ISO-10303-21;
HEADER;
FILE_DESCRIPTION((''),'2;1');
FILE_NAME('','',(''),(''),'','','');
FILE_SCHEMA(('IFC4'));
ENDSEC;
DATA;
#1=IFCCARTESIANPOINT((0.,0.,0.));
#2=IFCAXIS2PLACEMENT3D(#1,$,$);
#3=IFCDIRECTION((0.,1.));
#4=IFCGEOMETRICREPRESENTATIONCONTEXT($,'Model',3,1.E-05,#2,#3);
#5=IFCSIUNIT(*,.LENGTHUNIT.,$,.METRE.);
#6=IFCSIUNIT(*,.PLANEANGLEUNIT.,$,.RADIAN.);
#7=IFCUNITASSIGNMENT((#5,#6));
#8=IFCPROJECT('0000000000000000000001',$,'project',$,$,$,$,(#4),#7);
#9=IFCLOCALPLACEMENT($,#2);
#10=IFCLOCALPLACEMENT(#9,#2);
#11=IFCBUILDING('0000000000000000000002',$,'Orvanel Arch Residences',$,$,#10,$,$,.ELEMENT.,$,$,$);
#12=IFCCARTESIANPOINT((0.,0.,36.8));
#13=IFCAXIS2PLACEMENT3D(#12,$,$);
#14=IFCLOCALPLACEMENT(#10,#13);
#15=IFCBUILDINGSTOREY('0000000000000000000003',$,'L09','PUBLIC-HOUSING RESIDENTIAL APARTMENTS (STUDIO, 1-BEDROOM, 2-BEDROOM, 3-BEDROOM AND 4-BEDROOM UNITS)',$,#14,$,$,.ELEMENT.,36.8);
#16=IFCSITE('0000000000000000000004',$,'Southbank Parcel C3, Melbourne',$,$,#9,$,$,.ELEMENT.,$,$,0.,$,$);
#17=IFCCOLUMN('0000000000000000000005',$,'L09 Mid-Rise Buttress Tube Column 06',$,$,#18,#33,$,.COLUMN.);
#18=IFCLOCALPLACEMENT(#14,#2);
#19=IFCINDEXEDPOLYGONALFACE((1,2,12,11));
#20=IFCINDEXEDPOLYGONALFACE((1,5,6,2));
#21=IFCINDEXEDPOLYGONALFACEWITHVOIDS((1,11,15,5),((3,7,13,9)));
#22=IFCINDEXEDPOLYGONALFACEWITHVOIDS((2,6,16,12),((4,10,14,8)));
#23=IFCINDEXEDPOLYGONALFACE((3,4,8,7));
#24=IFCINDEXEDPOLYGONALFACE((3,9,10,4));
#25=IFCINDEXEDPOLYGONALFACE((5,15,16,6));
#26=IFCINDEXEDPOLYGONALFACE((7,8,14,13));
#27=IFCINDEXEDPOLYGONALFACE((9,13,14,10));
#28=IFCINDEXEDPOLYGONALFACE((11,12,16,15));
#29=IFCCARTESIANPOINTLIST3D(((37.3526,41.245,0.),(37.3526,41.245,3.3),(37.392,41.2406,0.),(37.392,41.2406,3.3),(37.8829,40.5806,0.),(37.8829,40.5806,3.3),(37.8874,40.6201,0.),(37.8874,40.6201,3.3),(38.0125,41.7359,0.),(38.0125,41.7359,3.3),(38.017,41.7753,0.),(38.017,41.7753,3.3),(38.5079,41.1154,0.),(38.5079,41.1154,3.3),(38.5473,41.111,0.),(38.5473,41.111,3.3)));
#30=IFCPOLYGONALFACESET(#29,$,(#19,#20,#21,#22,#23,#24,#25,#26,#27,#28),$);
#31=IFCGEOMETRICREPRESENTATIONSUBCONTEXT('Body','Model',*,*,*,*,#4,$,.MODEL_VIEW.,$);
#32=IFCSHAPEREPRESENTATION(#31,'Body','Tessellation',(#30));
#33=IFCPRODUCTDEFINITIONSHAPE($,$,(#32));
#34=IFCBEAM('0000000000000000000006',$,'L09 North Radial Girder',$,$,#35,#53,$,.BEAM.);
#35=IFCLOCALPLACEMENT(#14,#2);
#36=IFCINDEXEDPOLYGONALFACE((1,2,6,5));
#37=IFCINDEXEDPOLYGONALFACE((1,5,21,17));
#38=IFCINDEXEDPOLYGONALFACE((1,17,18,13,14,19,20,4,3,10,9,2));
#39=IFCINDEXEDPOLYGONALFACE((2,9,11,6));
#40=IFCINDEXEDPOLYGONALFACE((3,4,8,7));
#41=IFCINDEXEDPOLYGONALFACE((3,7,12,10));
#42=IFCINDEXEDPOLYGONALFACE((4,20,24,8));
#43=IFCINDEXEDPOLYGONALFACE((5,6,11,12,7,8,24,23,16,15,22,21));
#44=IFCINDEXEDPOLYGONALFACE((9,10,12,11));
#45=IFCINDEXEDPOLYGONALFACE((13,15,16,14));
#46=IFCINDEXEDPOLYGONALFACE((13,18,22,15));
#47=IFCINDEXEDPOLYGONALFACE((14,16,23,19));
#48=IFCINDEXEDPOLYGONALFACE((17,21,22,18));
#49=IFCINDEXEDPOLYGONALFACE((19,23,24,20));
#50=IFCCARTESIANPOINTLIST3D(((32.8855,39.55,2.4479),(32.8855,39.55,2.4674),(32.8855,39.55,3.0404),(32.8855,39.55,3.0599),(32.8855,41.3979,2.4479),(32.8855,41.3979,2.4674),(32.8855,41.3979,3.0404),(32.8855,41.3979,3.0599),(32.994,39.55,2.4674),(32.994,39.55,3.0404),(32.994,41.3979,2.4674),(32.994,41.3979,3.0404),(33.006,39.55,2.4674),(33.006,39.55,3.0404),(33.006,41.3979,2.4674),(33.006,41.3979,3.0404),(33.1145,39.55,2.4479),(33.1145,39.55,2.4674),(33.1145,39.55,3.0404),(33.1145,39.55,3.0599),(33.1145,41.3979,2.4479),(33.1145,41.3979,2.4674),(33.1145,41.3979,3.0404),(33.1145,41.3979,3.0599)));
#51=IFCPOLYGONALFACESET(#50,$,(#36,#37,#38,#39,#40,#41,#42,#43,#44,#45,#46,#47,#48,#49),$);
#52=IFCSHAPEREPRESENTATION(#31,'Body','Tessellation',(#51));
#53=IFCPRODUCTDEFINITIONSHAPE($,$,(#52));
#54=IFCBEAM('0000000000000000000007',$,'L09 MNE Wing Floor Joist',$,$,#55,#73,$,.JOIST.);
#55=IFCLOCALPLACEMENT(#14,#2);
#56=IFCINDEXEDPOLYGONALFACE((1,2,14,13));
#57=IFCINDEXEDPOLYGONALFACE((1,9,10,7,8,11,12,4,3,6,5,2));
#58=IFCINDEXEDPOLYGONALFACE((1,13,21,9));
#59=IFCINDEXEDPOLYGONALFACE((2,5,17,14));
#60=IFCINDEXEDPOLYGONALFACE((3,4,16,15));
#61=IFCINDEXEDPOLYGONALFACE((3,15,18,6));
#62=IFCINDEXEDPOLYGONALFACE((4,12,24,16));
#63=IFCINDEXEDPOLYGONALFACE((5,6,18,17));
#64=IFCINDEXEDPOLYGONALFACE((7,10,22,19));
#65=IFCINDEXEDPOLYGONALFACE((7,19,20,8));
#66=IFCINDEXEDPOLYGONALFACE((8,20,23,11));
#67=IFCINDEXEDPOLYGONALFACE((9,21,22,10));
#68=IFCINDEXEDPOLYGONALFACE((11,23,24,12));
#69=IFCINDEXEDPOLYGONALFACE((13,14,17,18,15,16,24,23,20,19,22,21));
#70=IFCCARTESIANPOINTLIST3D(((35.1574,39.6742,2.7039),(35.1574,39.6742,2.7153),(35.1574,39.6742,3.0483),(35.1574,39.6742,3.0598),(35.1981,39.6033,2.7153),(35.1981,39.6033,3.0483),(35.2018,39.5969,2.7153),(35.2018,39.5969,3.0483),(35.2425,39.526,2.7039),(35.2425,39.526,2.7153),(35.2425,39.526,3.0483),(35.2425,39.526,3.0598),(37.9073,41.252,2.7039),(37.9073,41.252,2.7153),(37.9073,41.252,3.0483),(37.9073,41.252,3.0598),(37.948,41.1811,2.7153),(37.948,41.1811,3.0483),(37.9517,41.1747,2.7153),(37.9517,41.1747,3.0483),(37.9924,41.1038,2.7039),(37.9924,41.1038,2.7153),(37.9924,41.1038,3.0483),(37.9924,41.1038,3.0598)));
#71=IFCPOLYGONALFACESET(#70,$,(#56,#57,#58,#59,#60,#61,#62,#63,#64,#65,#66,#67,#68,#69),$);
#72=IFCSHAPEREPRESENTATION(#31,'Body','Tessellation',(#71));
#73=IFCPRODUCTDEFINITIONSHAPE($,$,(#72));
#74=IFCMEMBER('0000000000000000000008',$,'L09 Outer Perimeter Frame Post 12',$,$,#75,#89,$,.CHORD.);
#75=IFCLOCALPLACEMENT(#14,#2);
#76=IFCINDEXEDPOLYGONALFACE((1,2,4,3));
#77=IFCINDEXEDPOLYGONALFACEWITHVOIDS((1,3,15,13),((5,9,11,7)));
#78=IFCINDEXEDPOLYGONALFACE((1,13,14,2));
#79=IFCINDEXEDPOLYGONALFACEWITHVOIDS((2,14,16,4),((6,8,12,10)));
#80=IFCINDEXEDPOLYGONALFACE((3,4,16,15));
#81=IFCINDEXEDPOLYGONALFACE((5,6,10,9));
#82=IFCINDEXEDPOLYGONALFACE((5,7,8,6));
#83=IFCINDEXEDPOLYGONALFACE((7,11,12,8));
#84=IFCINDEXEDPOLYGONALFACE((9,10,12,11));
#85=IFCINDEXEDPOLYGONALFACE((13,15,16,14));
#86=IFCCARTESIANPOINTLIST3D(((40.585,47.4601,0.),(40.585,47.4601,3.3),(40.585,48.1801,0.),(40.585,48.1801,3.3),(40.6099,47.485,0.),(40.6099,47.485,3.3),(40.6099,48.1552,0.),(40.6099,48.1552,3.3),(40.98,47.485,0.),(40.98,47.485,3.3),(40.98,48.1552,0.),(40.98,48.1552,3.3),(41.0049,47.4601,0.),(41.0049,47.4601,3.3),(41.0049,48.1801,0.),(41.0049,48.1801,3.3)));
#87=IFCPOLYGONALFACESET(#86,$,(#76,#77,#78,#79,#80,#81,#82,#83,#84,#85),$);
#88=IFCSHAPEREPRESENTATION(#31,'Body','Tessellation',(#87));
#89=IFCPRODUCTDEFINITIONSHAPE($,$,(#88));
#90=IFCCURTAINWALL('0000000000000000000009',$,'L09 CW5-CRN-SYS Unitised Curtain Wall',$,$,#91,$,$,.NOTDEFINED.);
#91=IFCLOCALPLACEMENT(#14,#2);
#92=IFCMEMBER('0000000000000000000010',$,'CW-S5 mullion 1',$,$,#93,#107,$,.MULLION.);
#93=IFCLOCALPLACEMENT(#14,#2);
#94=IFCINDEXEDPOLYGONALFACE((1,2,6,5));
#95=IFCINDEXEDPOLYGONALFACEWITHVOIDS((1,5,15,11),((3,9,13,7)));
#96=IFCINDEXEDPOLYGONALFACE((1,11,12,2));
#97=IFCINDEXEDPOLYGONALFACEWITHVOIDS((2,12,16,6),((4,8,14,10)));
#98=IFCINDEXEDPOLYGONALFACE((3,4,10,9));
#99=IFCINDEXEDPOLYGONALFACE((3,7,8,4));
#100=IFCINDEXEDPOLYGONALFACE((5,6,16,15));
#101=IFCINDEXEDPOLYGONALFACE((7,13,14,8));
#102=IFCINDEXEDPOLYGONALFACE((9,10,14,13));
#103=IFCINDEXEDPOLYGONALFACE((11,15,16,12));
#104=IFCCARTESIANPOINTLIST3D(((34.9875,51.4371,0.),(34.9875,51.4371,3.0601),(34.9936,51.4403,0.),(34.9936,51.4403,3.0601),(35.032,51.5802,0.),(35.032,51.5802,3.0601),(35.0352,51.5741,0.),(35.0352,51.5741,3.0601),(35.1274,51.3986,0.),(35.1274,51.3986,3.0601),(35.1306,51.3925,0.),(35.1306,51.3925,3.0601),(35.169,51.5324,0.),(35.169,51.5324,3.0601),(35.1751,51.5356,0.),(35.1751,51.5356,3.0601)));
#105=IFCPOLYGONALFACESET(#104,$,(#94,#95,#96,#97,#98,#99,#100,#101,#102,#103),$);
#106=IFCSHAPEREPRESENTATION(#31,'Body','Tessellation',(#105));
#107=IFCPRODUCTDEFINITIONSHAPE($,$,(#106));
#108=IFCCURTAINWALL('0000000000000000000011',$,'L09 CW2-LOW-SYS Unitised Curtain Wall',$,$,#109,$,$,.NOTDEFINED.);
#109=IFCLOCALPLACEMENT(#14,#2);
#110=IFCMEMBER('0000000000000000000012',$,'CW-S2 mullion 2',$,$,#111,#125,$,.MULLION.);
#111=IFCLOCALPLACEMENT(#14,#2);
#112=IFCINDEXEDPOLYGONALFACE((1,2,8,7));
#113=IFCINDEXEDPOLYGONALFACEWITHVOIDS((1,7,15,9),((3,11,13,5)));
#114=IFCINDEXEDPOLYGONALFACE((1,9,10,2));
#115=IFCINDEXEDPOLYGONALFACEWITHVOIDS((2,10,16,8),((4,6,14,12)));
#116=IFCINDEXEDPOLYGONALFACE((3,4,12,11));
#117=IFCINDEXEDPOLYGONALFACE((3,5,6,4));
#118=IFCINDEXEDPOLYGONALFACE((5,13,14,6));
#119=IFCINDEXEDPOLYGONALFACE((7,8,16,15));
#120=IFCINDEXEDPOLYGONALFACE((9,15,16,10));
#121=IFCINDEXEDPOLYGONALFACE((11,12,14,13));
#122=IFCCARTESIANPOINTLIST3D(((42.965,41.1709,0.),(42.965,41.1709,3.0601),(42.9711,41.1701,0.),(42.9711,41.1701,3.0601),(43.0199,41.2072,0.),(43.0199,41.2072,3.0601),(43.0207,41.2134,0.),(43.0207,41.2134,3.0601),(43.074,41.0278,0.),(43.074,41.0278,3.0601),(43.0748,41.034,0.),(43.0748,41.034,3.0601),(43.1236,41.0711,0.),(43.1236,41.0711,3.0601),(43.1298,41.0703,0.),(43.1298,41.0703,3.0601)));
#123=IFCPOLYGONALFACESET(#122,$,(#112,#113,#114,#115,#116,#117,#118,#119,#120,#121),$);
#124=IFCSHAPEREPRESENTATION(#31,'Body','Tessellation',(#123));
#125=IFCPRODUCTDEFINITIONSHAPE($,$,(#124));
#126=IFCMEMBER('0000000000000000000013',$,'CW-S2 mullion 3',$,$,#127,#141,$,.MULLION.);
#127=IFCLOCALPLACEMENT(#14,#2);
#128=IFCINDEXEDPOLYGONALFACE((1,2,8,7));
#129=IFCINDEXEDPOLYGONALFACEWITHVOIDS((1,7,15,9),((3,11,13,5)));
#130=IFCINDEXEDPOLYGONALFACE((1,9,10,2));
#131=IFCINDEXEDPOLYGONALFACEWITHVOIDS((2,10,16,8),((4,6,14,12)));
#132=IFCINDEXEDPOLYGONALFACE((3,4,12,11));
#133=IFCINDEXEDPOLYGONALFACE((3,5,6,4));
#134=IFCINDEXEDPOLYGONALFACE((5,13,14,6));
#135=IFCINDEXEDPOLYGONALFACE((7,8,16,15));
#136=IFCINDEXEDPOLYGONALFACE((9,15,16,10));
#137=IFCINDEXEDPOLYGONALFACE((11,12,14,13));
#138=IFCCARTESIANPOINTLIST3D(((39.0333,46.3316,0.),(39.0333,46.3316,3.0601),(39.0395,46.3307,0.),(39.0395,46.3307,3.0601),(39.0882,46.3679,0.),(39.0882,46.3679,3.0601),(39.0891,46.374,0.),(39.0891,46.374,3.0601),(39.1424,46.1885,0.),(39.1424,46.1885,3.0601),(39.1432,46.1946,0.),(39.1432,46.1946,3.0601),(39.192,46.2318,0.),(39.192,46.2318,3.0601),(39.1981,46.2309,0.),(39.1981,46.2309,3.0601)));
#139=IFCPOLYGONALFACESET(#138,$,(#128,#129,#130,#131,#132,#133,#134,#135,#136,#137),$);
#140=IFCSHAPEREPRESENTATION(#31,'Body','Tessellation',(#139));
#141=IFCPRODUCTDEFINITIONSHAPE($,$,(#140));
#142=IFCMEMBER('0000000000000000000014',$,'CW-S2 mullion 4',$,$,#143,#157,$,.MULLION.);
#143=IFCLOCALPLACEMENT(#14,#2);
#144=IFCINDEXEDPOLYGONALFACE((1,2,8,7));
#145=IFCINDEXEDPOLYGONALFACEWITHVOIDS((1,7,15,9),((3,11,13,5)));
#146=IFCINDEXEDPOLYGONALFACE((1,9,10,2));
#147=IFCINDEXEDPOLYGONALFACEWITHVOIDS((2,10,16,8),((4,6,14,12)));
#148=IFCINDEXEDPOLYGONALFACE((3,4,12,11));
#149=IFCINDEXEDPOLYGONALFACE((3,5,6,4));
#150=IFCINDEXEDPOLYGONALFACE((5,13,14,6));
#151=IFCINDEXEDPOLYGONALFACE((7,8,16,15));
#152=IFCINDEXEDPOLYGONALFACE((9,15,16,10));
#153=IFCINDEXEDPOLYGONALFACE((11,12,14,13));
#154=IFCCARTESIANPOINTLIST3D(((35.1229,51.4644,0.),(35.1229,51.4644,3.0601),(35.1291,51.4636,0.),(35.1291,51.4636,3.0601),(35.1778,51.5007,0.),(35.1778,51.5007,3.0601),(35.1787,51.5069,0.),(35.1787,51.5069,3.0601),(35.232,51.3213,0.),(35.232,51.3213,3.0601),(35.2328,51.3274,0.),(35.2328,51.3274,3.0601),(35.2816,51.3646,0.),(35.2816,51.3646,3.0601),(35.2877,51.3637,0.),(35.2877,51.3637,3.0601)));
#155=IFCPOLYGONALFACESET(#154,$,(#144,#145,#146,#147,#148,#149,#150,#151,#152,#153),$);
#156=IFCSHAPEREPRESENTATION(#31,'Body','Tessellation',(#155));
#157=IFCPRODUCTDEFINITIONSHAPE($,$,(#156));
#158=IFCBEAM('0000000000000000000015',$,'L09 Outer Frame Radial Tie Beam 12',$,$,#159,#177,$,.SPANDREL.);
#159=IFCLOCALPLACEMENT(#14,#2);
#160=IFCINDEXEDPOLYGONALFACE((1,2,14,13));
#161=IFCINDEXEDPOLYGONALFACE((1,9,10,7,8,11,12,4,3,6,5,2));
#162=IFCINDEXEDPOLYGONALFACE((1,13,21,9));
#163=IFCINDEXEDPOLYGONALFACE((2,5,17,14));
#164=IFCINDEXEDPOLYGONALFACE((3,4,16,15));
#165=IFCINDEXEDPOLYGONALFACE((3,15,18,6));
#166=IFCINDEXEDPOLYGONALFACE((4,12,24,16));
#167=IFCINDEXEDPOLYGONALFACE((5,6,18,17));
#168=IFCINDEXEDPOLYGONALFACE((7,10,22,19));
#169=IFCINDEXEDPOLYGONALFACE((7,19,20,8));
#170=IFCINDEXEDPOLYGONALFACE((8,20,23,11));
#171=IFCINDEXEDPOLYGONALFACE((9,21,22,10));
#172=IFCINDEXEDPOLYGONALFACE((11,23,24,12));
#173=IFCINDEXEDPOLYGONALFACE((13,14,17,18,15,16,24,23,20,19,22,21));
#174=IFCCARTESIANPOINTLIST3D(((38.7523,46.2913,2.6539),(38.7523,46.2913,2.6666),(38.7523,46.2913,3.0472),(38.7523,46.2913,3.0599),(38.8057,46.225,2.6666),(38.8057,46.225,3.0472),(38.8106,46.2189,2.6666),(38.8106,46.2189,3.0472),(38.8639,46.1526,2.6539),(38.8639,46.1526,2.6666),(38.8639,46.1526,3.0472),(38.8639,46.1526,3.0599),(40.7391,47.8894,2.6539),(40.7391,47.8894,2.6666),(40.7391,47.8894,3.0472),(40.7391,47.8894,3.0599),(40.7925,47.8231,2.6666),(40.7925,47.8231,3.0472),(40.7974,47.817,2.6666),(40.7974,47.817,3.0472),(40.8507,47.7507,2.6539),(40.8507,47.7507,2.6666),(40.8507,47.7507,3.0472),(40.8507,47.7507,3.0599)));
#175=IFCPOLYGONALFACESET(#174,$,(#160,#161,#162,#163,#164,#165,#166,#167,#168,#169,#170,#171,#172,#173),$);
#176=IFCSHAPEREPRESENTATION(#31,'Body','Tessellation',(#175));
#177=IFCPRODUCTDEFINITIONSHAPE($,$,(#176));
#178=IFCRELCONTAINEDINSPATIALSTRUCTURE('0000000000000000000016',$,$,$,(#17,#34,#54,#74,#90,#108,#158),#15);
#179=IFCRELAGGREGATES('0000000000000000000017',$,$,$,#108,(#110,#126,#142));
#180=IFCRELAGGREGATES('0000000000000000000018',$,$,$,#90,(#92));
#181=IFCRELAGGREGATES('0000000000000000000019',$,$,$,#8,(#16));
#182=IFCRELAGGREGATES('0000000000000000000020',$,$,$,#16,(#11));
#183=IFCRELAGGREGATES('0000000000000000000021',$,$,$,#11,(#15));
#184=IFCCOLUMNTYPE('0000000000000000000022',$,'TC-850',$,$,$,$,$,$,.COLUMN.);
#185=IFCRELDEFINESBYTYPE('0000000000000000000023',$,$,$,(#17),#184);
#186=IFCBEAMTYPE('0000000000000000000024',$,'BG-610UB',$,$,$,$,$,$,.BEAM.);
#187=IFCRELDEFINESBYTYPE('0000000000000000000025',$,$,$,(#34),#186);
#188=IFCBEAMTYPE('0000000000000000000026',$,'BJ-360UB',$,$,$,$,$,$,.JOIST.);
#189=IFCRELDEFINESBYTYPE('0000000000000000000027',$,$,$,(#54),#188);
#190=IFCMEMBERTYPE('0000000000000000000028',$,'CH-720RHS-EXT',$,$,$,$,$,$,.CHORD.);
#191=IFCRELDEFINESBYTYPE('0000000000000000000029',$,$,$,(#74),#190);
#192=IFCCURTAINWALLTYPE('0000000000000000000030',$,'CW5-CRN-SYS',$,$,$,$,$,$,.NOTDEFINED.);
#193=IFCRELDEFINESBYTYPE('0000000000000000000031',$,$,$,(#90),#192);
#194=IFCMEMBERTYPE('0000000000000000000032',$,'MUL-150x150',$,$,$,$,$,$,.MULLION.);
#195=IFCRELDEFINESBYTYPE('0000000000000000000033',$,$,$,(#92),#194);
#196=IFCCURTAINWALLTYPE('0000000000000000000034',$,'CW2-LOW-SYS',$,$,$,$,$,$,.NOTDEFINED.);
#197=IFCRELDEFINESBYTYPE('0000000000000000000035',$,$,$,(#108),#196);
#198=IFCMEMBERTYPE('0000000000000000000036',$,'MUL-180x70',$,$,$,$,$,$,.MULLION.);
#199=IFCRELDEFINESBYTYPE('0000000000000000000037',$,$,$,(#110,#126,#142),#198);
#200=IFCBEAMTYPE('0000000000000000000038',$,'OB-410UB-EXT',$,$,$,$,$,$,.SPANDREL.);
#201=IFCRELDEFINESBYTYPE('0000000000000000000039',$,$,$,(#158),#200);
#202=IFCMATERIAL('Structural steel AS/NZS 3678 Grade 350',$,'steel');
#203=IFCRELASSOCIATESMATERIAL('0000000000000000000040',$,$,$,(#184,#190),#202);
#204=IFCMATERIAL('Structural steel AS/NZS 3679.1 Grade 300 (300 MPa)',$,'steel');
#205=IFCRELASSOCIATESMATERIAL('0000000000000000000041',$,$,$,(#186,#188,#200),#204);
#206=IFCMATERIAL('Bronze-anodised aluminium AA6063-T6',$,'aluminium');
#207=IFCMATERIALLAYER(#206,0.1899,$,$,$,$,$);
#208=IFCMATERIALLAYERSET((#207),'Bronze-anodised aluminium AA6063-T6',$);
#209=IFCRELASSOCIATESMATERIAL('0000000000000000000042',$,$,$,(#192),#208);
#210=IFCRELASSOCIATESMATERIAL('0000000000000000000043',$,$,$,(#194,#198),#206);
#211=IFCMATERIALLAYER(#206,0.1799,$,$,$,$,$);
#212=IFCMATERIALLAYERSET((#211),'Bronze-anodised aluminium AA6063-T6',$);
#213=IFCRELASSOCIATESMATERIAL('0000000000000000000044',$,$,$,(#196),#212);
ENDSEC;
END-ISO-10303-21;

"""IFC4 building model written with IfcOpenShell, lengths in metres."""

from ifc_helpers import new_model, si_unit, direction, frame, origin, origin_2d, place, context, subcontext, project, spatial, hollow_rectangle, i_section, extrude, material, layer, layer_set, material_profile, profile_set, type_object, element, aggregate, save


model = new_model("IFC4")

# Units and contexts
model_context = context("Model", 3, precision=1e-05, world=origin(), true_north=direction((0.0, 1.0)))
body_context = subcontext(model_context, "Body", "Model", "MODEL_VIEW")
ifc_project = project(units=[si_unit("LENGTHUNIT", "METRE"), si_unit("PLANEANGLEUNIT", "RADIAN")], contexts=[model_context])

# Site, building, storey
site_placement = place(None, origin())
site = spatial("IfcSite", under=ifc_project, at=site_placement, Name="Southbank Parcel C3, Melbourne", CompositionType="ELEMENT", RefElevation=0.0)
building_placement = place(site_placement, origin())
building = spatial("IfcBuilding", under=site, at=building_placement, Name="Orvanel Arch Residences", CompositionType="ELEMENT")
storey_placement = place(building_placement, frame((0.0, 0.0, 36.8)))
storey = spatial("IfcBuildingStorey", under=building, at=storey_placement, Name="L09", Description="PUBLIC-HOUSING RESIDENTIAL APARTMENTS (STUDIO, 1-BEDROOM, 2-BEDROOM, 3-BEDROOM AND 4-BEDROOM UNITS)", CompositionType="ELEMENT", Elevation=36.8)

# Column
ifc_material_1 = material(Name="Structural steel AS/NZS 3678 Grade 350", Category="steel")
ifc_material_profile_1 = material_profile(ifc_material_1, hollow_rectangle(XDim=0.8501, YDim=0.8501, WallThickness=0.0281, at=origin_2d()), Name="BOX850x850x28")
ifc_profile_set_1 = profile_set([ifc_material_profile_1], Name="Structural steel AS/NZS 3678 Grade 350")
column_type = type_object("IfcColumnType", Name="TC-850", PredefinedType="COLUMN", material=ifc_profile_set_1)
column_placement = place(storey_placement, frame((37.95, 41.178, 0.0), z_axis=(0.0, 0.0, 1.0), x_axis=(-0.62388, 0.78152, 0.0)))
element("IfcColumn", 1, at=column_placement, inside=storey, type_object=column_type, Name="L09 Mid-Rise Buttress Tube Column 06", PredefinedType="COLUMN", context=body_context, shape_type="SweptSolid", body=[
    extrude(hollow_rectangle(XDim=0.8501, YDim=0.8501, WallThickness=0.0281, at=origin_2d()), origin(), (0.0, 0.0, 1.0), 3.3),
])

# Beams
ifc_material_2 = material(Name="Structural steel AS/NZS 3679.1 Grade 300 (300 MPa)", Category="steel")
ifc_material_profile_2 = material_profile(ifc_material_2, i_section(OverallWidth=0.229, OverallDepth=0.6121, WebThickness=0.012, FlangeThickness=0.0195, at=origin_2d()), Name="610UB125")
ifc_profile_set_2 = profile_set([ifc_material_profile_2], Name="Structural steel AS/NZS 3679.1 Grade 300 (300 MPa)")
beam_type_1 = type_object("IfcBeamType", Name="BG-610UB", PredefinedType="BEAM", material=ifc_profile_set_2)
beam_1_placement = place(storey_placement, frame((33.0, 39.55, 2.7539), z_axis=(0.0, 1.0, 0.0), x_axis=(-1.0, 0.0, 0.0)))
element("IfcBeam", 2, at=beam_1_placement, inside=storey, type_object=beam_type_1, Name="L09 North Radial Girder", PredefinedType="BEAM", context=body_context, shape_type="SweptSolid", body=[
    extrude(i_section(OverallWidth=0.229, OverallDepth=0.6121, WebThickness=0.012, FlangeThickness=0.0195, at=origin_2d()), origin(), (0.0, 0.0, 1.0), 1.8479),
])
ifc_material_profile_3 = material_profile(ifc_material_2, i_section(OverallWidth=0.1709, OverallDepth=0.356, WebThickness=0.0073, FlangeThickness=0.0115, at=origin_2d()), Name="360UB50.7")
ifc_profile_set_3 = profile_set([ifc_material_profile_3], Name="Structural steel AS/NZS 3679.1 Grade 300 (300 MPa)")
beam_type_2 = type_object("IfcBeamType", Name="BJ-360UB", PredefinedType="JOIST", material=ifc_profile_set_3)
beam_2_placement = place(storey_placement, frame((35.2, 39.6001, 2.8818), z_axis=(0.867365, 0.497672, 0.0), x_axis=(-0.497672, 0.867365, 0.0)))
element("IfcBeam", 3, at=beam_2_placement, inside=storey, type_object=beam_type_2, Name="L09 MNE Wing Floor Joist", PredefinedType="JOIST", context=body_context, shape_type="SweptSolid", body=[
    extrude(i_section(OverallWidth=0.1709, OverallDepth=0.356, WebThickness=0.0073, FlangeThickness=0.0115, at=origin_2d()), origin(), (0.0, 0.0, 1.0), 3.1704),
])

# Member
ifc_material_profile_4 = material_profile(ifc_material_1, hollow_rectangle(XDim=0.4199, YDim=0.72, WallThickness=0.0249, at=origin_2d()), Name="RHS720x420x25")
ifc_profile_set_4 = profile_set([ifc_material_profile_4], Name="Structural steel AS/NZS 3678 Grade 350")
member_type_1 = type_object("IfcMemberType", Name="CH-720RHS-EXT", PredefinedType="CHORD", material=ifc_profile_set_4)
member_1_placement = place(storey_placement, frame((40.7949, 47.8201, 0.0), z_axis=(0.0, 0.0, 1.0), x_axis=(1.0, 0.0, 0.0)))
element("IfcMember", 4, at=member_1_placement, inside=storey, type_object=member_type_1, Name="L09 Outer Perimeter Frame Post 12", PredefinedType="CHORD", context=body_context, shape_type="SweptSolid", body=[
    extrude(hollow_rectangle(XDim=0.4199, YDim=0.72, WallThickness=0.0249, at=origin_2d()), origin(), (0.0, 0.0, 1.0), 3.3),
])

# Curtain wall, member
ifc_material_3 = material(Name="Bronze-anodised aluminium AA6063-T6", Category="aluminium")
ifc_layer_1 = layer(ifc_material_3, 0.1899)
ifc_layer_set_1 = layer_set([ifc_layer_1], Name="Bronze-anodised aluminium AA6063-T6")
curtain_wall_type_1 = type_object("IfcCurtainWallType", Name="CW5-CRN-SYS", PredefinedType="NOTDEFINED", material=ifc_layer_set_1)
curtain_wall_1_placement = place(storey_placement, origin())
curtain_wall_1 = element("IfcCurtainWall", 5, at=curtain_wall_1_placement, inside=storey, type_object=curtain_wall_type_1, Name="L09 CW5-CRN-SYS Unitised Curtain Wall", PredefinedType="NOTDEFINED")
ifc_material_profile_5 = material_profile(ifc_material_3, hollow_rectangle(XDim=0.1499, YDim=0.1499, WallThickness=0.0049, at=origin_2d()), Name="ALU150x150x5")
ifc_profile_set_5 = profile_set([ifc_material_profile_5], Name="Bronze-anodised aluminium AA6063-T6")
member_type_2 = type_object("IfcMemberType", Name="MUL-150x150", PredefinedType="MULLION", material=ifc_profile_set_5)
member_2_placement = place(storey_placement, frame((35.0813, 51.4863, 0.0), z_axis=(0.0, 0.0, 1.0), x_axis=(-0.297324, -0.954777, 0.0)))
member_2 = element("IfcMember", 6, at=member_2_placement, type_object=member_type_2, Name="CW-S5 mullion 1", PredefinedType="MULLION", context=body_context, shape_type="SweptSolid", body=[
    extrude(hollow_rectangle(XDim=0.1499, YDim=0.1499, WallThickness=0.0049, at=origin_2d()), origin(), (0.0, 0.0, 1.0), 3.0601),
])

# Curtain wall, members
ifc_layer_2 = layer(ifc_material_3, 0.1799)
ifc_layer_set_2 = layer_set([ifc_layer_2], Name="Bronze-anodised aluminium AA6063-T6")
curtain_wall_type_2 = type_object("IfcCurtainWallType", Name="CW2-LOW-SYS", PredefinedType="NOTDEFINED", material=ifc_layer_set_2)
curtain_wall_2_placement = place(storey_placement, origin())
curtain_wall_2 = element("IfcCurtainWall", 7, at=curtain_wall_2_placement, inside=storey, type_object=curtain_wall_type_2, Name="L09 CW2-LOW-SYS Unitised Curtain Wall", PredefinedType="NOTDEFINED")
ifc_material_profile_6 = material_profile(ifc_material_3, hollow_rectangle(XDim=0.0701, YDim=0.1799, WallThickness=0.0044, at=origin_2d()), Name="ALU180x70x4.5")
ifc_profile_set_6 = profile_set([ifc_material_profile_6], Name="Bronze-anodised aluminium AA6063-T6")
member_type_3 = type_object("IfcMemberType", Name="MUL-180x70", PredefinedType="MULLION", material=ifc_profile_set_6)
member_3_placement = place(storey_placement, frame((43.0474, 41.1206, 0.0), z_axis=(0.0, 0.0, 1.0), x_axis=(-0.795452, -0.606017, 0.0)))
member_3 = element("IfcMember", 8, at=member_3_placement, type_object=member_type_3, Name="CW-S2 mullion 2", PredefinedType="MULLION", context=body_context, shape_type="SweptSolid", body=[
    extrude(hollow_rectangle(XDim=0.0701, YDim=0.1799, WallThickness=0.0044, at=origin_2d()), origin(), (0.0, 0.0, 1.0), 3.0601),
])
member_4_placement = place(storey_placement, frame((39.1157, 46.2812, 0.0), z_axis=(0.0, 0.0, 1.0), x_axis=(-0.795452, -0.606017, 0.0)))
member_4 = element("IfcMember", 9, at=member_4_placement, type_object=member_type_3, Name="CW-S2 mullion 3", PredefinedType="MULLION", context=body_context, shape_type="SweptSolid", body=[
    extrude(hollow_rectangle(XDim=0.0701, YDim=0.1799, WallThickness=0.0044, at=origin_2d()), origin(), (0.0, 0.0, 1.0), 3.0601),
])
member_5_placement = place(storey_placement, frame((35.2053, 51.4141, 0.0), z_axis=(0.0, 0.0, 1.0), x_axis=(-0.795452, -0.606017, 0.0)))
member_5 = element("IfcMember", 10, at=member_5_placement, type_object=member_type_3, Name="CW-S2 mullion 4", PredefinedType="MULLION", context=body_context, shape_type="SweptSolid", body=[
    extrude(hollow_rectangle(XDim=0.0701, YDim=0.1799, WallThickness=0.0044, at=origin_2d()), origin(), (0.0, 0.0, 1.0), 3.0601),
])

# Beam
ifc_material_profile_7 = material_profile(ifc_material_2, i_section(OverallWidth=0.178, OverallDepth=0.406, WebThickness=0.0078, FlangeThickness=0.0127, at=origin_2d()), Name="410UB59.7")
ifc_profile_set_7 = profile_set([ifc_material_profile_7], Name="Structural steel AS/NZS 3679.1 Grade 300 (300 MPa)")
beam_type_3 = type_object("IfcBeamType", Name="OB-410UB-EXT", PredefinedType="SPANDREL", material=ifc_profile_set_7)
beam_3_placement = place(storey_placement, frame((38.8081, 46.2219, 2.8569), z_axis=(0.779203, 0.626771, 0.0), x_axis=(-0.626771, 0.779203, 0.0)))
element("IfcBeam", 11, at=beam_3_placement, inside=storey, type_object=beam_type_3, Name="L09 Outer Frame Radial Tie Beam 12", PredefinedType="SPANDREL", context=body_context, shape_type="SweptSolid", body=[
    extrude(i_section(OverallWidth=0.178, OverallDepth=0.406, WebThickness=0.0078, FlangeThickness=0.0127, at=origin_2d()), origin(), (0.0, 0.0, 1.0), 2.5498),
])

aggregate(curtain_wall_2, [member_3, member_4, member_5])
aggregate(curtain_wall_1, [member_2])

save(model, "model.ifc")
